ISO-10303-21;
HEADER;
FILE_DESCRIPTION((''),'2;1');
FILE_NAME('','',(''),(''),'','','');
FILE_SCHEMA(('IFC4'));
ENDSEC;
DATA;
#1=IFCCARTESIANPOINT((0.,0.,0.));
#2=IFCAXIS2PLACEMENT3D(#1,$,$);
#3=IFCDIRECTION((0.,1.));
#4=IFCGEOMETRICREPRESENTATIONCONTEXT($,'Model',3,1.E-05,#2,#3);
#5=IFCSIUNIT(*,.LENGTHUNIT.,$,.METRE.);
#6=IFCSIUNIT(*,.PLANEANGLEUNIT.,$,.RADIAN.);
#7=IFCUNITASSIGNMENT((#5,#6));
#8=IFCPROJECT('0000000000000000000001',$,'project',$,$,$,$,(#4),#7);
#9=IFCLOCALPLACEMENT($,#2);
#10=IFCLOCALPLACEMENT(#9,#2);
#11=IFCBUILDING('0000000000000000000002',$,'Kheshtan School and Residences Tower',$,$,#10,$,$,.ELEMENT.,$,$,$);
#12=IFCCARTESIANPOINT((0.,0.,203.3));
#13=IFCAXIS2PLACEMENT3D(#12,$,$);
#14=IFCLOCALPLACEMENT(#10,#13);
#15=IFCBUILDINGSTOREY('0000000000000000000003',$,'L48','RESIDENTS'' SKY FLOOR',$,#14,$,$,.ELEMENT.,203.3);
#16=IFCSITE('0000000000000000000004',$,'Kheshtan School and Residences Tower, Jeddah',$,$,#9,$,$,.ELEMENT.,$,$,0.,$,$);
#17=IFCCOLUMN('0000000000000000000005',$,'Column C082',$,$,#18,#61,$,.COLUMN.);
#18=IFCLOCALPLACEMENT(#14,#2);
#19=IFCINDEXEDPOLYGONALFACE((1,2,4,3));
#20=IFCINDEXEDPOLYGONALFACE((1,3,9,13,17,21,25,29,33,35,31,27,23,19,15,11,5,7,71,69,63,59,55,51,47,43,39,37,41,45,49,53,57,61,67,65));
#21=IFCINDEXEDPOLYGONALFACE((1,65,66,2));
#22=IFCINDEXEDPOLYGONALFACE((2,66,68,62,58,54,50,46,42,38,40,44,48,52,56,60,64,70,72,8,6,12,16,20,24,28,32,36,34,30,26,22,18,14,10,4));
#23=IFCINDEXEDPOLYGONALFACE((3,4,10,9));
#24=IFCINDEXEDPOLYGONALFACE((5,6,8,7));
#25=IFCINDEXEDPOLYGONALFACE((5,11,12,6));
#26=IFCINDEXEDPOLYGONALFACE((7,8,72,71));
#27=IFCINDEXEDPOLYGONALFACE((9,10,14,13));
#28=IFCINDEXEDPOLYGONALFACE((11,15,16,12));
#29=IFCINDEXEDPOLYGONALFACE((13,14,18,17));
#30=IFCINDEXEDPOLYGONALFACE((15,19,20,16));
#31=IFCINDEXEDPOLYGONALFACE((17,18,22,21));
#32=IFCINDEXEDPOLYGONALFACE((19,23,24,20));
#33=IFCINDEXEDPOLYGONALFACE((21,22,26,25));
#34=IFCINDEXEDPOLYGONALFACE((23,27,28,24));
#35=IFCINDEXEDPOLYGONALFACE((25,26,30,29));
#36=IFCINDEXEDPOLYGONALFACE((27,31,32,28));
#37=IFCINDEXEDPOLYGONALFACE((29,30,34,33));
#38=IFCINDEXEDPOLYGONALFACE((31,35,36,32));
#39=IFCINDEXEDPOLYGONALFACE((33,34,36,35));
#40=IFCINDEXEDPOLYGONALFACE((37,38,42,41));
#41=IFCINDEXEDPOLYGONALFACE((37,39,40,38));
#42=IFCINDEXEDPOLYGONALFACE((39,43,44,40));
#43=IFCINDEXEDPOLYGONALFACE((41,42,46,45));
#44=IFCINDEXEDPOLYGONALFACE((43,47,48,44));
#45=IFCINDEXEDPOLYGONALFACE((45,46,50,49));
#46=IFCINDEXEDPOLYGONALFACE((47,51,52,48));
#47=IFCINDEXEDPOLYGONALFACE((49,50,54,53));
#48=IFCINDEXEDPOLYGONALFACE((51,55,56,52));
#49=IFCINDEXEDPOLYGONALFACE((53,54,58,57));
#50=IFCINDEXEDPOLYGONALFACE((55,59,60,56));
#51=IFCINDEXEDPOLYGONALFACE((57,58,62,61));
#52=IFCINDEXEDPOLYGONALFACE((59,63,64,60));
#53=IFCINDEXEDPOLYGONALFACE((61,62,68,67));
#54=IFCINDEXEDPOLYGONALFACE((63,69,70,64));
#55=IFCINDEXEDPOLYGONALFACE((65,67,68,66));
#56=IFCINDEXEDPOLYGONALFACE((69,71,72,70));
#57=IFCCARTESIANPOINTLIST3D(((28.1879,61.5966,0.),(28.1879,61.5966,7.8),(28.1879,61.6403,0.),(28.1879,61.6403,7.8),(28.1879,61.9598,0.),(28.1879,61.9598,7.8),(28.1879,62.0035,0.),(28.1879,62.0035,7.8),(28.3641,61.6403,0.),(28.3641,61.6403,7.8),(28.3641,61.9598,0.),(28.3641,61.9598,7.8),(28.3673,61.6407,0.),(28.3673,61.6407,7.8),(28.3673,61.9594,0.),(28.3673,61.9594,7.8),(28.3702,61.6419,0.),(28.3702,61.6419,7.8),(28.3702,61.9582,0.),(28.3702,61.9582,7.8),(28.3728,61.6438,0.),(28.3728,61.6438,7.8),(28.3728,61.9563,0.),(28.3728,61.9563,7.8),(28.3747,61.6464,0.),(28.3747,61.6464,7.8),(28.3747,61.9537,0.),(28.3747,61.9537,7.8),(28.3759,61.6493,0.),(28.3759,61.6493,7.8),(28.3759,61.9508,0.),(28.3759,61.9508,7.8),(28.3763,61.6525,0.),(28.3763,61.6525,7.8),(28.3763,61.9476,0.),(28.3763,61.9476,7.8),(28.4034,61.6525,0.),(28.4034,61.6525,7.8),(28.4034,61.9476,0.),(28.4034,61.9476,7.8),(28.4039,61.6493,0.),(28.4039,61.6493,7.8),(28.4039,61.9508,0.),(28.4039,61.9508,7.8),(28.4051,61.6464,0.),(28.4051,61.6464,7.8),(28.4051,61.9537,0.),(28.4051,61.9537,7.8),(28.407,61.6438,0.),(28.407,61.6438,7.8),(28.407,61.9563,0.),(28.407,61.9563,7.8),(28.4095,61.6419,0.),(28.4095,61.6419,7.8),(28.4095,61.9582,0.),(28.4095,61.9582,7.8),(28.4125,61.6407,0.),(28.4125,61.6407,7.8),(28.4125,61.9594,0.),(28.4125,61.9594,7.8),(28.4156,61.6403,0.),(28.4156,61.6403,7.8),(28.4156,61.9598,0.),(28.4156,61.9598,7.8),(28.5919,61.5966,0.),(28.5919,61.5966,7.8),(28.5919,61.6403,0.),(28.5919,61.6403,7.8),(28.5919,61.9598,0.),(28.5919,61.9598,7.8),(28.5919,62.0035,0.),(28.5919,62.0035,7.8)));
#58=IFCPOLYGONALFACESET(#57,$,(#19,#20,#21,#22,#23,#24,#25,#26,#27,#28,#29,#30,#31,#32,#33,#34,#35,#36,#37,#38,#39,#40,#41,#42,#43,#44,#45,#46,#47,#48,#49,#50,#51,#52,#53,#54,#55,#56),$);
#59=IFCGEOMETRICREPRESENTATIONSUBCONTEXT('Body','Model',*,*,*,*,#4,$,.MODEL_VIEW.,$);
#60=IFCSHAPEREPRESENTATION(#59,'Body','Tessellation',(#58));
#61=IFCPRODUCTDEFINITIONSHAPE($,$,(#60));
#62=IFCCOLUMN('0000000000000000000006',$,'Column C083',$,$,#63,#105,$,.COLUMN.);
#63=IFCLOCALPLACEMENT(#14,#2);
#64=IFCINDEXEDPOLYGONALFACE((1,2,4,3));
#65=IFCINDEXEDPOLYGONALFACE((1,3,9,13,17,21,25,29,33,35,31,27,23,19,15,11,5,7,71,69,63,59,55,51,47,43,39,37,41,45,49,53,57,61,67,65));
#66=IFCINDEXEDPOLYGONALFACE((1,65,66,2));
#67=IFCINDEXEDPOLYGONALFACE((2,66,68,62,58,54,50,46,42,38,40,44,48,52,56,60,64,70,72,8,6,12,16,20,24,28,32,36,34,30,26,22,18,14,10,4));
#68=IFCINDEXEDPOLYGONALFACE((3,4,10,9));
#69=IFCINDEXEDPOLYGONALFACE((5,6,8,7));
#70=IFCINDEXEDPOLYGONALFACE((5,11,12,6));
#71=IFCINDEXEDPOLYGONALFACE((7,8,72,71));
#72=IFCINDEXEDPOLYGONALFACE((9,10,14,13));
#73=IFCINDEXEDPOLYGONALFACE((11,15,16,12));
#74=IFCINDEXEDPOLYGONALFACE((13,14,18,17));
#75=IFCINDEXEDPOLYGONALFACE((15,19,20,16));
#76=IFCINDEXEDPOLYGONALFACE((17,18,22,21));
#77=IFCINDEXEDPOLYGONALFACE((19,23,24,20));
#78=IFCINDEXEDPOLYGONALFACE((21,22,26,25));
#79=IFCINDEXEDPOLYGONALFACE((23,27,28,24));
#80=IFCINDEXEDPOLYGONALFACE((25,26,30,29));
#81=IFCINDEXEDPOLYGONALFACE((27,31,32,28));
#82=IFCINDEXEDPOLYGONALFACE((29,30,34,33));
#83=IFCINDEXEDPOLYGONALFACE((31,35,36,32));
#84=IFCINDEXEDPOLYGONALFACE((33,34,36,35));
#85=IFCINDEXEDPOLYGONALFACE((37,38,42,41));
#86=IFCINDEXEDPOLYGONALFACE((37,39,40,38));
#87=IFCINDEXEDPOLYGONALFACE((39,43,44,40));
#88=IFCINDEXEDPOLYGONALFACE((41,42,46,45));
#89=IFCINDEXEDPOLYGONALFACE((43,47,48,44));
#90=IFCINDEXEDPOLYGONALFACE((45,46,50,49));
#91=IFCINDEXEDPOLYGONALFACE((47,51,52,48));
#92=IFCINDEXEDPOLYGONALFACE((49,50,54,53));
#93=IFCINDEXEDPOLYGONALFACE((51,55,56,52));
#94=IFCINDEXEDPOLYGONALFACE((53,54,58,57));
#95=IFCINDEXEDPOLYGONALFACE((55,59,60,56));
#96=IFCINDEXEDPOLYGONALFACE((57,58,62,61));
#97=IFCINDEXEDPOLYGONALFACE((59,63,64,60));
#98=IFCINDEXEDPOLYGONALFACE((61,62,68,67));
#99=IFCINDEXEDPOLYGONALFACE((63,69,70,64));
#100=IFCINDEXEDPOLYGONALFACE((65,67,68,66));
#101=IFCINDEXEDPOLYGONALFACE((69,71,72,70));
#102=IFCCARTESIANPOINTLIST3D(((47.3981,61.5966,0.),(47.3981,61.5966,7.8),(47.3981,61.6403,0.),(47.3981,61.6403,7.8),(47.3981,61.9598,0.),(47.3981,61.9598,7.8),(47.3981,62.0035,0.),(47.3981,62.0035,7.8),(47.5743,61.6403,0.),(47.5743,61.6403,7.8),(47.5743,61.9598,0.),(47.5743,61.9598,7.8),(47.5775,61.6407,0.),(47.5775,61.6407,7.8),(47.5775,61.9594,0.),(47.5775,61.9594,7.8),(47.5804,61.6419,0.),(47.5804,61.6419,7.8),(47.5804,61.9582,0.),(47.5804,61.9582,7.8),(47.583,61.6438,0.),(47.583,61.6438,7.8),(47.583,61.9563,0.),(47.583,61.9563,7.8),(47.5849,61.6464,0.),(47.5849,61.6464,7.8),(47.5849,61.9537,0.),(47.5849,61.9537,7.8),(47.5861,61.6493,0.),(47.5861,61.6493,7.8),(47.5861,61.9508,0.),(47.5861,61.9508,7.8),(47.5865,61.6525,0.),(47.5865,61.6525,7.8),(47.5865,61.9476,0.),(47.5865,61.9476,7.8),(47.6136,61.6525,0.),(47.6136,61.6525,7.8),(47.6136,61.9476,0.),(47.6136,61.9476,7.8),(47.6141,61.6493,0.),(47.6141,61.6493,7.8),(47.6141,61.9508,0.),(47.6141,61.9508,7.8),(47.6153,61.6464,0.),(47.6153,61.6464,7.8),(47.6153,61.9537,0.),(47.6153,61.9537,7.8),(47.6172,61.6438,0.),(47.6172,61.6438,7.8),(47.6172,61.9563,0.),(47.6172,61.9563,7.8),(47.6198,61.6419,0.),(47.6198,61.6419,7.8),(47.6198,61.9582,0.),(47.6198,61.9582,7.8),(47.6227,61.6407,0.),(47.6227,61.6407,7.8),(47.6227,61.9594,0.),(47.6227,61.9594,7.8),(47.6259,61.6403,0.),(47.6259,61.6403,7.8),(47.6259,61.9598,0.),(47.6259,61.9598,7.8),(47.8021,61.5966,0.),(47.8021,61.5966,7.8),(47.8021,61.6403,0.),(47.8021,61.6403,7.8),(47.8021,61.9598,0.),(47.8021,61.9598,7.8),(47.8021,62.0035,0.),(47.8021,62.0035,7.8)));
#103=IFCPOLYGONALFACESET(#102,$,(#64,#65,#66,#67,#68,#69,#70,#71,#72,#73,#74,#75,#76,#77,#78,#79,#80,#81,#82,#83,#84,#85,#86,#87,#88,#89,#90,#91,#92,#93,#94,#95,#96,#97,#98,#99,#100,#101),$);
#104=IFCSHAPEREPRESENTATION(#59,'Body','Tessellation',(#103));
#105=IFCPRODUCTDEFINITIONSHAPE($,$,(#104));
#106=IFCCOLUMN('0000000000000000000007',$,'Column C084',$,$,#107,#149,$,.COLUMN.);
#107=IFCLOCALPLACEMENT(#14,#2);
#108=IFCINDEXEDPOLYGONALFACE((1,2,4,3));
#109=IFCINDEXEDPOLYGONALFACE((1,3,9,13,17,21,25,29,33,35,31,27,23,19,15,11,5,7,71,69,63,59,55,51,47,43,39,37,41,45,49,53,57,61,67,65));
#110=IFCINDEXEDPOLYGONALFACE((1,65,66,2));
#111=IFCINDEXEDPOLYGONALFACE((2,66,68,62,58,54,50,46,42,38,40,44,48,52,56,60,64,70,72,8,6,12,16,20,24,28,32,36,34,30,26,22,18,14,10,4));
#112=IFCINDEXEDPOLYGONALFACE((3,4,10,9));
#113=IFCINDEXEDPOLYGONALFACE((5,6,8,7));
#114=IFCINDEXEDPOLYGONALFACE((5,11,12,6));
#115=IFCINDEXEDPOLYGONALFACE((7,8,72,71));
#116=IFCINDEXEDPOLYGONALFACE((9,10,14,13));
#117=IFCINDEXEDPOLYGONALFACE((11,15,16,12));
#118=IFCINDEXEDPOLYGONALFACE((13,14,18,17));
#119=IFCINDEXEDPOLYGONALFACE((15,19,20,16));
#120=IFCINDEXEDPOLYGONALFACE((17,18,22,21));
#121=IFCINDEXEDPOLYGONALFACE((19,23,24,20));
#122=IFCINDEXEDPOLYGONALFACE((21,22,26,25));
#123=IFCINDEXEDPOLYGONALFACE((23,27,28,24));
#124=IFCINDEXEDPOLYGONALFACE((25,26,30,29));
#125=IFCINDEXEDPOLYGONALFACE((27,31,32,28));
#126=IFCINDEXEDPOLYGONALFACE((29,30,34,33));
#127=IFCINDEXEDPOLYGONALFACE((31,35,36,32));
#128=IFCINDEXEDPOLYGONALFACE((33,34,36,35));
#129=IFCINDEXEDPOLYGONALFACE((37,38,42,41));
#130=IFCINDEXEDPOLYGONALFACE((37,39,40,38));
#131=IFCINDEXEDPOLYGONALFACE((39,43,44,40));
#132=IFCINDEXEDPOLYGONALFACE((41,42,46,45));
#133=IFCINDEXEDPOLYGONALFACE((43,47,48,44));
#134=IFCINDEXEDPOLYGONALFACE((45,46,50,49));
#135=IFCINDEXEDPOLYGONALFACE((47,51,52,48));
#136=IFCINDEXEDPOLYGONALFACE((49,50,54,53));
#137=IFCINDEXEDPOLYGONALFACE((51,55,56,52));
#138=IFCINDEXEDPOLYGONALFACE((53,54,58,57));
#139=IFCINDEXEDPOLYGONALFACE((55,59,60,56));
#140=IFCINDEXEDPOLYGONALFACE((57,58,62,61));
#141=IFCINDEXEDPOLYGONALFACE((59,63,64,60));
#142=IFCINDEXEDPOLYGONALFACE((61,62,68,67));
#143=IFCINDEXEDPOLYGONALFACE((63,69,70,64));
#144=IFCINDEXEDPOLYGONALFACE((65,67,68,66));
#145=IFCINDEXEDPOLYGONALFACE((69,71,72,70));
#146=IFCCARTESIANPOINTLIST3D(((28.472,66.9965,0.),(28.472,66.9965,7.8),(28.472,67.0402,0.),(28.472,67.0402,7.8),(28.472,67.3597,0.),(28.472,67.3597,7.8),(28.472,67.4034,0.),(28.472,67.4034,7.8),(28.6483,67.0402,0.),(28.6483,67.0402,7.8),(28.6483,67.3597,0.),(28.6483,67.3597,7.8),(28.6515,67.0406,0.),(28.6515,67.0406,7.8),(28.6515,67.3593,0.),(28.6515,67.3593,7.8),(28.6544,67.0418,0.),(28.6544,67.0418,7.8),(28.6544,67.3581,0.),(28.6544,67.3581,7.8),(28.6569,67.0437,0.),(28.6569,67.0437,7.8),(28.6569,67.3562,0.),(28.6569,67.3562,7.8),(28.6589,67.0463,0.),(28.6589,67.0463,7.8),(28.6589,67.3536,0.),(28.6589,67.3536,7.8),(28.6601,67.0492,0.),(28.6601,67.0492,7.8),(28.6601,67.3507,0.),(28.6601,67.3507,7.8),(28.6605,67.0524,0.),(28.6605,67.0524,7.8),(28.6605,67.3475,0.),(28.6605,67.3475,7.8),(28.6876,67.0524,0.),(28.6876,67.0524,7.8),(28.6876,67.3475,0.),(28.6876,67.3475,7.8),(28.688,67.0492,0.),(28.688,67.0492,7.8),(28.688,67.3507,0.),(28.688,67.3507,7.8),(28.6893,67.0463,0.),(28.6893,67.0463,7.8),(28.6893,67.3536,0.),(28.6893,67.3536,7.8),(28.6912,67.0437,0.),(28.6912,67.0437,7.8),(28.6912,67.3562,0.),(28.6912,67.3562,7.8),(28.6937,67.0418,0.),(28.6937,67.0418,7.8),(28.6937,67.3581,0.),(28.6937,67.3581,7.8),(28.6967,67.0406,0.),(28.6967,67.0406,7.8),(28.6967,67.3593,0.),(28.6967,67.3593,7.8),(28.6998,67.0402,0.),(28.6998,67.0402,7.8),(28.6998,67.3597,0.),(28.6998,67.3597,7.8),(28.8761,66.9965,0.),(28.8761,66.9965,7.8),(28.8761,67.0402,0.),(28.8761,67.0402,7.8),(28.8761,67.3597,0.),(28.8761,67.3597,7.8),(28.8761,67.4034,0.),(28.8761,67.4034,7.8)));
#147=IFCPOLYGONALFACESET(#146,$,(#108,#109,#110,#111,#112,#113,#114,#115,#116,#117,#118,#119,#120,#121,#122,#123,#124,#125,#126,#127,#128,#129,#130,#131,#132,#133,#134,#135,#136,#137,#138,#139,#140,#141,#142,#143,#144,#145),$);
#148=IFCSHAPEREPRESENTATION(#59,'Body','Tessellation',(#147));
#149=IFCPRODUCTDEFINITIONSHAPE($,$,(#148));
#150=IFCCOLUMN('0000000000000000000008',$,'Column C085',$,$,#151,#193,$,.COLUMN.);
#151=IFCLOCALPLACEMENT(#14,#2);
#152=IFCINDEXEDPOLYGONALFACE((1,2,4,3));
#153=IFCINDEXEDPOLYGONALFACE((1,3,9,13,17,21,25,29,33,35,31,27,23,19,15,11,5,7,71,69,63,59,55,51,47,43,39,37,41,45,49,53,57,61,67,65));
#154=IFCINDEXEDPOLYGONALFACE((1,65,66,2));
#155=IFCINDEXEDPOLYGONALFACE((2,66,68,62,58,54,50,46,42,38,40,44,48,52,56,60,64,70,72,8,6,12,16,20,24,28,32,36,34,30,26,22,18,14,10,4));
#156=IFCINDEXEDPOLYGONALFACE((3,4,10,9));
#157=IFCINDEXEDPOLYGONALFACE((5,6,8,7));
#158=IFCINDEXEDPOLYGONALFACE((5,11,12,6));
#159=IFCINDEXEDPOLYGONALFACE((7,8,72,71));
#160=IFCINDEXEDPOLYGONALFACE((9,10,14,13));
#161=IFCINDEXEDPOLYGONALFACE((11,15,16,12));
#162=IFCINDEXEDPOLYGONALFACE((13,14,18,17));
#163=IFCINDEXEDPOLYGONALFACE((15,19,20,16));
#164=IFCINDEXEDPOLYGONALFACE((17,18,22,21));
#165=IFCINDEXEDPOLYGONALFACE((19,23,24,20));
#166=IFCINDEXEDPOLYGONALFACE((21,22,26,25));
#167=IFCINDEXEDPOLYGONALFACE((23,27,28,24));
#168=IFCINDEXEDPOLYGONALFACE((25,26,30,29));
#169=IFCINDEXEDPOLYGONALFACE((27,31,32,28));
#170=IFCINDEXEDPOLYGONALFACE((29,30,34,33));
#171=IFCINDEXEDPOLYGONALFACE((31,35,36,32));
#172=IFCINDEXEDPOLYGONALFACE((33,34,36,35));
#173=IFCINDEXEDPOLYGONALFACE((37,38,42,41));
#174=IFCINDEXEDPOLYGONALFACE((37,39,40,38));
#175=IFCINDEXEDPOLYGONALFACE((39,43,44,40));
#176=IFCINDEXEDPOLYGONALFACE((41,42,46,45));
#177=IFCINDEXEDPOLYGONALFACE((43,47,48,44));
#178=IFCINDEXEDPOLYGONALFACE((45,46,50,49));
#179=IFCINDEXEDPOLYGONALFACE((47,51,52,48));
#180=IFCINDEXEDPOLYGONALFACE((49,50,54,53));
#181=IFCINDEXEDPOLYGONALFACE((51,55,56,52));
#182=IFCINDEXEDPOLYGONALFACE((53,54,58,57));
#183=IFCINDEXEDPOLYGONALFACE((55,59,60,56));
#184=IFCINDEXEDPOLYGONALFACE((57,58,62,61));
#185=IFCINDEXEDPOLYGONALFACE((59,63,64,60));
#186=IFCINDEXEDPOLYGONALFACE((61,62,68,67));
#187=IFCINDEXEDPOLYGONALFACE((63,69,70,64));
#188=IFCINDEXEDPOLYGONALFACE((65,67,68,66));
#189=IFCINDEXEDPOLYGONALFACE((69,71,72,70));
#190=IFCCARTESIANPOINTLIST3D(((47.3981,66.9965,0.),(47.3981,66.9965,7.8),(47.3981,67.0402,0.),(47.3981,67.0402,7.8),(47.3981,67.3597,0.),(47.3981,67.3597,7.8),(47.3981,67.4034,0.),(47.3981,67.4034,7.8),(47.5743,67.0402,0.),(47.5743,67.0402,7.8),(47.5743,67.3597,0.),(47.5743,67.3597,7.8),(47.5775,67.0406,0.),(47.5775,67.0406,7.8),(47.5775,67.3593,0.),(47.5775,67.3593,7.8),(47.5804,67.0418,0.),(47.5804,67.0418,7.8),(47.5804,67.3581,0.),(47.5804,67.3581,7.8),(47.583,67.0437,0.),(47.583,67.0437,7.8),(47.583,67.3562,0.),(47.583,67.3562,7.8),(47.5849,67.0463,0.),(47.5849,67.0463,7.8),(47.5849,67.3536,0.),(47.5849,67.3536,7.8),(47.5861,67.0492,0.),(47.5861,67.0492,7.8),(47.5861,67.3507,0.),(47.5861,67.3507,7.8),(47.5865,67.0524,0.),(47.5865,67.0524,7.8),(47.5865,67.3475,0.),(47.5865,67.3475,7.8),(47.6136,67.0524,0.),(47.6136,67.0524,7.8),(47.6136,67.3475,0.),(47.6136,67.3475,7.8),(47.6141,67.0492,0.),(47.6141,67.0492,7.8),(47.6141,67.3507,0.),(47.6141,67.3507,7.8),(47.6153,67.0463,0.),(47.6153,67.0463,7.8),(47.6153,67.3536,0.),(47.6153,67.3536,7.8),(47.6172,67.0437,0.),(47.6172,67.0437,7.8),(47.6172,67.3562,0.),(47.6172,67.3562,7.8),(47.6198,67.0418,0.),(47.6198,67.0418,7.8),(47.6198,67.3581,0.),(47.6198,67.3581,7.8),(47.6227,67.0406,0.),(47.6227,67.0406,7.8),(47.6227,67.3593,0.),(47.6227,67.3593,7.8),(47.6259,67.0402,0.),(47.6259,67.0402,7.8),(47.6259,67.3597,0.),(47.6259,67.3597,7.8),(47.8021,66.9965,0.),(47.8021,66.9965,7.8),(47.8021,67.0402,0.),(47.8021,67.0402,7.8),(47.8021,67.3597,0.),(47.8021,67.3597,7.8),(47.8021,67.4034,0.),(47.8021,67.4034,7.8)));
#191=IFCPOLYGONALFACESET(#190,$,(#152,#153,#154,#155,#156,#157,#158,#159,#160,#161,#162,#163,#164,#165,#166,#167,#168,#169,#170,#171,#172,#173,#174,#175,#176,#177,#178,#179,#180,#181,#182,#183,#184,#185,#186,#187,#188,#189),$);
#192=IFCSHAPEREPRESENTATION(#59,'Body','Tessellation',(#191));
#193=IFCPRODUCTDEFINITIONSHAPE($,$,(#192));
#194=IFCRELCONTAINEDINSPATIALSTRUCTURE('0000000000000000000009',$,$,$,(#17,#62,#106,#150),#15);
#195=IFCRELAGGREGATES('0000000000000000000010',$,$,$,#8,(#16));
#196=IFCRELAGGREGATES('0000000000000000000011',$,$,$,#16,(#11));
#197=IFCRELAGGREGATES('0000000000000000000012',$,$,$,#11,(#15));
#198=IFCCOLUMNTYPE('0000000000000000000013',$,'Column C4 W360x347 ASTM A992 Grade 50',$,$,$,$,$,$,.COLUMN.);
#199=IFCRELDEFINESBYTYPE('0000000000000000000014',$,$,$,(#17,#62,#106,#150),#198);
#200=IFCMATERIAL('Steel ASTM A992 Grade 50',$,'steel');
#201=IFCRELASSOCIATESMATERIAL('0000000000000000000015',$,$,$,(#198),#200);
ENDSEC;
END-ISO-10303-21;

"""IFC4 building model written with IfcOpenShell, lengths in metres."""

from ifc_helpers import new_model, si_unit, direction, frame, origin, origin_2d, place, context, subcontext, project, spatial, i_section, extrude, material, material_profile, profile_set, type_object, element, save


model = new_model("IFC4")

# Units and contexts
model_context = context("Model", 3, precision=1e-05, world=origin(), true_north=direction((0.0, 1.0)))
body_context = subcontext(model_context, "Body", "Model", "MODEL_VIEW")
ifc_project = project(units=[si_unit("LENGTHUNIT", "METRE"), si_unit("PLANEANGLEUNIT", "RADIAN")], contexts=[model_context])

# Site, building, storey
site_placement = place(None, origin())
site = spatial("IfcSite", under=ifc_project, at=site_placement, Name="Kheshtan School and Residences Tower, Jeddah", CompositionType="ELEMENT", RefElevation=0.0)
building_placement = place(site_placement, origin())
building = spatial("IfcBuilding", under=site, at=building_placement, Name="Kheshtan School and Residences Tower", CompositionType="ELEMENT")
storey_placement = place(building_placement, frame((0.0, 0.0, 203.3)))
storey = spatial("IfcBuildingStorey", under=building, at=storey_placement, Name="L48", Description="RESIDENTS' SKY FLOOR", CompositionType="ELEMENT", Elevation=203.3)

# Columns
ifc_material_1 = material(Name="Steel ASTM A992 Grade 50", Category="steel")
ifc_material_profile_1 = material_profile(ifc_material_1, i_section(OverallWidth=0.4041, OverallDepth=0.407, WebThickness=0.0271, FlangeThickness=0.0437, FilletRadius=0.0122, at=origin_2d()), Name="W360x347")
ifc_profile_set_1 = profile_set([ifc_material_profile_1], Name="Steel ASTM A992 Grade 50")
column_type = type_object("IfcColumnType", Name="Column C4 W360x347 ASTM A992 Grade 50", PredefinedType="COLUMN", material=ifc_profile_set_1)
for number, where, z_axis, x_axis, name in (
    (1, (28.3899, 61.8, 0.0), (0.0, 0.0, 1.0), (1.0, 0.0, 0.0), "Column C082"),
    (2, (47.6001, 61.8, 0.0), (0.0, 0.0, 1.0), (1.0, 0.0, 0.0), "Column C083"),
    (3, (28.6741, 67.2, 0.0), (0.0, 0.0, 1.0), (1.0, 0.0, 0.0), "Column C084"),
    (4, (47.6001, 67.2, 0.0), (0.0, 0.0, 1.0), (1.0, 0.0, 0.0), "Column C085"),
):
    element("IfcColumn", number, at=place(storey_placement, frame(where, z_axis=z_axis, x_axis=x_axis)), inside=storey, type_object=column_type, Name=name, PredefinedType="COLUMN", context=body_context, shape_type="SweptSolid", body=[
        extrude(i_section(OverallWidth=0.4041, OverallDepth=0.407, WebThickness=0.0271, FlangeThickness=0.0437, FilletRadius=0.0122, at=origin_2d()), origin(), (0.0, 0.0, 1.0), 7.8),
    ])

save(model, "model.ifc")
